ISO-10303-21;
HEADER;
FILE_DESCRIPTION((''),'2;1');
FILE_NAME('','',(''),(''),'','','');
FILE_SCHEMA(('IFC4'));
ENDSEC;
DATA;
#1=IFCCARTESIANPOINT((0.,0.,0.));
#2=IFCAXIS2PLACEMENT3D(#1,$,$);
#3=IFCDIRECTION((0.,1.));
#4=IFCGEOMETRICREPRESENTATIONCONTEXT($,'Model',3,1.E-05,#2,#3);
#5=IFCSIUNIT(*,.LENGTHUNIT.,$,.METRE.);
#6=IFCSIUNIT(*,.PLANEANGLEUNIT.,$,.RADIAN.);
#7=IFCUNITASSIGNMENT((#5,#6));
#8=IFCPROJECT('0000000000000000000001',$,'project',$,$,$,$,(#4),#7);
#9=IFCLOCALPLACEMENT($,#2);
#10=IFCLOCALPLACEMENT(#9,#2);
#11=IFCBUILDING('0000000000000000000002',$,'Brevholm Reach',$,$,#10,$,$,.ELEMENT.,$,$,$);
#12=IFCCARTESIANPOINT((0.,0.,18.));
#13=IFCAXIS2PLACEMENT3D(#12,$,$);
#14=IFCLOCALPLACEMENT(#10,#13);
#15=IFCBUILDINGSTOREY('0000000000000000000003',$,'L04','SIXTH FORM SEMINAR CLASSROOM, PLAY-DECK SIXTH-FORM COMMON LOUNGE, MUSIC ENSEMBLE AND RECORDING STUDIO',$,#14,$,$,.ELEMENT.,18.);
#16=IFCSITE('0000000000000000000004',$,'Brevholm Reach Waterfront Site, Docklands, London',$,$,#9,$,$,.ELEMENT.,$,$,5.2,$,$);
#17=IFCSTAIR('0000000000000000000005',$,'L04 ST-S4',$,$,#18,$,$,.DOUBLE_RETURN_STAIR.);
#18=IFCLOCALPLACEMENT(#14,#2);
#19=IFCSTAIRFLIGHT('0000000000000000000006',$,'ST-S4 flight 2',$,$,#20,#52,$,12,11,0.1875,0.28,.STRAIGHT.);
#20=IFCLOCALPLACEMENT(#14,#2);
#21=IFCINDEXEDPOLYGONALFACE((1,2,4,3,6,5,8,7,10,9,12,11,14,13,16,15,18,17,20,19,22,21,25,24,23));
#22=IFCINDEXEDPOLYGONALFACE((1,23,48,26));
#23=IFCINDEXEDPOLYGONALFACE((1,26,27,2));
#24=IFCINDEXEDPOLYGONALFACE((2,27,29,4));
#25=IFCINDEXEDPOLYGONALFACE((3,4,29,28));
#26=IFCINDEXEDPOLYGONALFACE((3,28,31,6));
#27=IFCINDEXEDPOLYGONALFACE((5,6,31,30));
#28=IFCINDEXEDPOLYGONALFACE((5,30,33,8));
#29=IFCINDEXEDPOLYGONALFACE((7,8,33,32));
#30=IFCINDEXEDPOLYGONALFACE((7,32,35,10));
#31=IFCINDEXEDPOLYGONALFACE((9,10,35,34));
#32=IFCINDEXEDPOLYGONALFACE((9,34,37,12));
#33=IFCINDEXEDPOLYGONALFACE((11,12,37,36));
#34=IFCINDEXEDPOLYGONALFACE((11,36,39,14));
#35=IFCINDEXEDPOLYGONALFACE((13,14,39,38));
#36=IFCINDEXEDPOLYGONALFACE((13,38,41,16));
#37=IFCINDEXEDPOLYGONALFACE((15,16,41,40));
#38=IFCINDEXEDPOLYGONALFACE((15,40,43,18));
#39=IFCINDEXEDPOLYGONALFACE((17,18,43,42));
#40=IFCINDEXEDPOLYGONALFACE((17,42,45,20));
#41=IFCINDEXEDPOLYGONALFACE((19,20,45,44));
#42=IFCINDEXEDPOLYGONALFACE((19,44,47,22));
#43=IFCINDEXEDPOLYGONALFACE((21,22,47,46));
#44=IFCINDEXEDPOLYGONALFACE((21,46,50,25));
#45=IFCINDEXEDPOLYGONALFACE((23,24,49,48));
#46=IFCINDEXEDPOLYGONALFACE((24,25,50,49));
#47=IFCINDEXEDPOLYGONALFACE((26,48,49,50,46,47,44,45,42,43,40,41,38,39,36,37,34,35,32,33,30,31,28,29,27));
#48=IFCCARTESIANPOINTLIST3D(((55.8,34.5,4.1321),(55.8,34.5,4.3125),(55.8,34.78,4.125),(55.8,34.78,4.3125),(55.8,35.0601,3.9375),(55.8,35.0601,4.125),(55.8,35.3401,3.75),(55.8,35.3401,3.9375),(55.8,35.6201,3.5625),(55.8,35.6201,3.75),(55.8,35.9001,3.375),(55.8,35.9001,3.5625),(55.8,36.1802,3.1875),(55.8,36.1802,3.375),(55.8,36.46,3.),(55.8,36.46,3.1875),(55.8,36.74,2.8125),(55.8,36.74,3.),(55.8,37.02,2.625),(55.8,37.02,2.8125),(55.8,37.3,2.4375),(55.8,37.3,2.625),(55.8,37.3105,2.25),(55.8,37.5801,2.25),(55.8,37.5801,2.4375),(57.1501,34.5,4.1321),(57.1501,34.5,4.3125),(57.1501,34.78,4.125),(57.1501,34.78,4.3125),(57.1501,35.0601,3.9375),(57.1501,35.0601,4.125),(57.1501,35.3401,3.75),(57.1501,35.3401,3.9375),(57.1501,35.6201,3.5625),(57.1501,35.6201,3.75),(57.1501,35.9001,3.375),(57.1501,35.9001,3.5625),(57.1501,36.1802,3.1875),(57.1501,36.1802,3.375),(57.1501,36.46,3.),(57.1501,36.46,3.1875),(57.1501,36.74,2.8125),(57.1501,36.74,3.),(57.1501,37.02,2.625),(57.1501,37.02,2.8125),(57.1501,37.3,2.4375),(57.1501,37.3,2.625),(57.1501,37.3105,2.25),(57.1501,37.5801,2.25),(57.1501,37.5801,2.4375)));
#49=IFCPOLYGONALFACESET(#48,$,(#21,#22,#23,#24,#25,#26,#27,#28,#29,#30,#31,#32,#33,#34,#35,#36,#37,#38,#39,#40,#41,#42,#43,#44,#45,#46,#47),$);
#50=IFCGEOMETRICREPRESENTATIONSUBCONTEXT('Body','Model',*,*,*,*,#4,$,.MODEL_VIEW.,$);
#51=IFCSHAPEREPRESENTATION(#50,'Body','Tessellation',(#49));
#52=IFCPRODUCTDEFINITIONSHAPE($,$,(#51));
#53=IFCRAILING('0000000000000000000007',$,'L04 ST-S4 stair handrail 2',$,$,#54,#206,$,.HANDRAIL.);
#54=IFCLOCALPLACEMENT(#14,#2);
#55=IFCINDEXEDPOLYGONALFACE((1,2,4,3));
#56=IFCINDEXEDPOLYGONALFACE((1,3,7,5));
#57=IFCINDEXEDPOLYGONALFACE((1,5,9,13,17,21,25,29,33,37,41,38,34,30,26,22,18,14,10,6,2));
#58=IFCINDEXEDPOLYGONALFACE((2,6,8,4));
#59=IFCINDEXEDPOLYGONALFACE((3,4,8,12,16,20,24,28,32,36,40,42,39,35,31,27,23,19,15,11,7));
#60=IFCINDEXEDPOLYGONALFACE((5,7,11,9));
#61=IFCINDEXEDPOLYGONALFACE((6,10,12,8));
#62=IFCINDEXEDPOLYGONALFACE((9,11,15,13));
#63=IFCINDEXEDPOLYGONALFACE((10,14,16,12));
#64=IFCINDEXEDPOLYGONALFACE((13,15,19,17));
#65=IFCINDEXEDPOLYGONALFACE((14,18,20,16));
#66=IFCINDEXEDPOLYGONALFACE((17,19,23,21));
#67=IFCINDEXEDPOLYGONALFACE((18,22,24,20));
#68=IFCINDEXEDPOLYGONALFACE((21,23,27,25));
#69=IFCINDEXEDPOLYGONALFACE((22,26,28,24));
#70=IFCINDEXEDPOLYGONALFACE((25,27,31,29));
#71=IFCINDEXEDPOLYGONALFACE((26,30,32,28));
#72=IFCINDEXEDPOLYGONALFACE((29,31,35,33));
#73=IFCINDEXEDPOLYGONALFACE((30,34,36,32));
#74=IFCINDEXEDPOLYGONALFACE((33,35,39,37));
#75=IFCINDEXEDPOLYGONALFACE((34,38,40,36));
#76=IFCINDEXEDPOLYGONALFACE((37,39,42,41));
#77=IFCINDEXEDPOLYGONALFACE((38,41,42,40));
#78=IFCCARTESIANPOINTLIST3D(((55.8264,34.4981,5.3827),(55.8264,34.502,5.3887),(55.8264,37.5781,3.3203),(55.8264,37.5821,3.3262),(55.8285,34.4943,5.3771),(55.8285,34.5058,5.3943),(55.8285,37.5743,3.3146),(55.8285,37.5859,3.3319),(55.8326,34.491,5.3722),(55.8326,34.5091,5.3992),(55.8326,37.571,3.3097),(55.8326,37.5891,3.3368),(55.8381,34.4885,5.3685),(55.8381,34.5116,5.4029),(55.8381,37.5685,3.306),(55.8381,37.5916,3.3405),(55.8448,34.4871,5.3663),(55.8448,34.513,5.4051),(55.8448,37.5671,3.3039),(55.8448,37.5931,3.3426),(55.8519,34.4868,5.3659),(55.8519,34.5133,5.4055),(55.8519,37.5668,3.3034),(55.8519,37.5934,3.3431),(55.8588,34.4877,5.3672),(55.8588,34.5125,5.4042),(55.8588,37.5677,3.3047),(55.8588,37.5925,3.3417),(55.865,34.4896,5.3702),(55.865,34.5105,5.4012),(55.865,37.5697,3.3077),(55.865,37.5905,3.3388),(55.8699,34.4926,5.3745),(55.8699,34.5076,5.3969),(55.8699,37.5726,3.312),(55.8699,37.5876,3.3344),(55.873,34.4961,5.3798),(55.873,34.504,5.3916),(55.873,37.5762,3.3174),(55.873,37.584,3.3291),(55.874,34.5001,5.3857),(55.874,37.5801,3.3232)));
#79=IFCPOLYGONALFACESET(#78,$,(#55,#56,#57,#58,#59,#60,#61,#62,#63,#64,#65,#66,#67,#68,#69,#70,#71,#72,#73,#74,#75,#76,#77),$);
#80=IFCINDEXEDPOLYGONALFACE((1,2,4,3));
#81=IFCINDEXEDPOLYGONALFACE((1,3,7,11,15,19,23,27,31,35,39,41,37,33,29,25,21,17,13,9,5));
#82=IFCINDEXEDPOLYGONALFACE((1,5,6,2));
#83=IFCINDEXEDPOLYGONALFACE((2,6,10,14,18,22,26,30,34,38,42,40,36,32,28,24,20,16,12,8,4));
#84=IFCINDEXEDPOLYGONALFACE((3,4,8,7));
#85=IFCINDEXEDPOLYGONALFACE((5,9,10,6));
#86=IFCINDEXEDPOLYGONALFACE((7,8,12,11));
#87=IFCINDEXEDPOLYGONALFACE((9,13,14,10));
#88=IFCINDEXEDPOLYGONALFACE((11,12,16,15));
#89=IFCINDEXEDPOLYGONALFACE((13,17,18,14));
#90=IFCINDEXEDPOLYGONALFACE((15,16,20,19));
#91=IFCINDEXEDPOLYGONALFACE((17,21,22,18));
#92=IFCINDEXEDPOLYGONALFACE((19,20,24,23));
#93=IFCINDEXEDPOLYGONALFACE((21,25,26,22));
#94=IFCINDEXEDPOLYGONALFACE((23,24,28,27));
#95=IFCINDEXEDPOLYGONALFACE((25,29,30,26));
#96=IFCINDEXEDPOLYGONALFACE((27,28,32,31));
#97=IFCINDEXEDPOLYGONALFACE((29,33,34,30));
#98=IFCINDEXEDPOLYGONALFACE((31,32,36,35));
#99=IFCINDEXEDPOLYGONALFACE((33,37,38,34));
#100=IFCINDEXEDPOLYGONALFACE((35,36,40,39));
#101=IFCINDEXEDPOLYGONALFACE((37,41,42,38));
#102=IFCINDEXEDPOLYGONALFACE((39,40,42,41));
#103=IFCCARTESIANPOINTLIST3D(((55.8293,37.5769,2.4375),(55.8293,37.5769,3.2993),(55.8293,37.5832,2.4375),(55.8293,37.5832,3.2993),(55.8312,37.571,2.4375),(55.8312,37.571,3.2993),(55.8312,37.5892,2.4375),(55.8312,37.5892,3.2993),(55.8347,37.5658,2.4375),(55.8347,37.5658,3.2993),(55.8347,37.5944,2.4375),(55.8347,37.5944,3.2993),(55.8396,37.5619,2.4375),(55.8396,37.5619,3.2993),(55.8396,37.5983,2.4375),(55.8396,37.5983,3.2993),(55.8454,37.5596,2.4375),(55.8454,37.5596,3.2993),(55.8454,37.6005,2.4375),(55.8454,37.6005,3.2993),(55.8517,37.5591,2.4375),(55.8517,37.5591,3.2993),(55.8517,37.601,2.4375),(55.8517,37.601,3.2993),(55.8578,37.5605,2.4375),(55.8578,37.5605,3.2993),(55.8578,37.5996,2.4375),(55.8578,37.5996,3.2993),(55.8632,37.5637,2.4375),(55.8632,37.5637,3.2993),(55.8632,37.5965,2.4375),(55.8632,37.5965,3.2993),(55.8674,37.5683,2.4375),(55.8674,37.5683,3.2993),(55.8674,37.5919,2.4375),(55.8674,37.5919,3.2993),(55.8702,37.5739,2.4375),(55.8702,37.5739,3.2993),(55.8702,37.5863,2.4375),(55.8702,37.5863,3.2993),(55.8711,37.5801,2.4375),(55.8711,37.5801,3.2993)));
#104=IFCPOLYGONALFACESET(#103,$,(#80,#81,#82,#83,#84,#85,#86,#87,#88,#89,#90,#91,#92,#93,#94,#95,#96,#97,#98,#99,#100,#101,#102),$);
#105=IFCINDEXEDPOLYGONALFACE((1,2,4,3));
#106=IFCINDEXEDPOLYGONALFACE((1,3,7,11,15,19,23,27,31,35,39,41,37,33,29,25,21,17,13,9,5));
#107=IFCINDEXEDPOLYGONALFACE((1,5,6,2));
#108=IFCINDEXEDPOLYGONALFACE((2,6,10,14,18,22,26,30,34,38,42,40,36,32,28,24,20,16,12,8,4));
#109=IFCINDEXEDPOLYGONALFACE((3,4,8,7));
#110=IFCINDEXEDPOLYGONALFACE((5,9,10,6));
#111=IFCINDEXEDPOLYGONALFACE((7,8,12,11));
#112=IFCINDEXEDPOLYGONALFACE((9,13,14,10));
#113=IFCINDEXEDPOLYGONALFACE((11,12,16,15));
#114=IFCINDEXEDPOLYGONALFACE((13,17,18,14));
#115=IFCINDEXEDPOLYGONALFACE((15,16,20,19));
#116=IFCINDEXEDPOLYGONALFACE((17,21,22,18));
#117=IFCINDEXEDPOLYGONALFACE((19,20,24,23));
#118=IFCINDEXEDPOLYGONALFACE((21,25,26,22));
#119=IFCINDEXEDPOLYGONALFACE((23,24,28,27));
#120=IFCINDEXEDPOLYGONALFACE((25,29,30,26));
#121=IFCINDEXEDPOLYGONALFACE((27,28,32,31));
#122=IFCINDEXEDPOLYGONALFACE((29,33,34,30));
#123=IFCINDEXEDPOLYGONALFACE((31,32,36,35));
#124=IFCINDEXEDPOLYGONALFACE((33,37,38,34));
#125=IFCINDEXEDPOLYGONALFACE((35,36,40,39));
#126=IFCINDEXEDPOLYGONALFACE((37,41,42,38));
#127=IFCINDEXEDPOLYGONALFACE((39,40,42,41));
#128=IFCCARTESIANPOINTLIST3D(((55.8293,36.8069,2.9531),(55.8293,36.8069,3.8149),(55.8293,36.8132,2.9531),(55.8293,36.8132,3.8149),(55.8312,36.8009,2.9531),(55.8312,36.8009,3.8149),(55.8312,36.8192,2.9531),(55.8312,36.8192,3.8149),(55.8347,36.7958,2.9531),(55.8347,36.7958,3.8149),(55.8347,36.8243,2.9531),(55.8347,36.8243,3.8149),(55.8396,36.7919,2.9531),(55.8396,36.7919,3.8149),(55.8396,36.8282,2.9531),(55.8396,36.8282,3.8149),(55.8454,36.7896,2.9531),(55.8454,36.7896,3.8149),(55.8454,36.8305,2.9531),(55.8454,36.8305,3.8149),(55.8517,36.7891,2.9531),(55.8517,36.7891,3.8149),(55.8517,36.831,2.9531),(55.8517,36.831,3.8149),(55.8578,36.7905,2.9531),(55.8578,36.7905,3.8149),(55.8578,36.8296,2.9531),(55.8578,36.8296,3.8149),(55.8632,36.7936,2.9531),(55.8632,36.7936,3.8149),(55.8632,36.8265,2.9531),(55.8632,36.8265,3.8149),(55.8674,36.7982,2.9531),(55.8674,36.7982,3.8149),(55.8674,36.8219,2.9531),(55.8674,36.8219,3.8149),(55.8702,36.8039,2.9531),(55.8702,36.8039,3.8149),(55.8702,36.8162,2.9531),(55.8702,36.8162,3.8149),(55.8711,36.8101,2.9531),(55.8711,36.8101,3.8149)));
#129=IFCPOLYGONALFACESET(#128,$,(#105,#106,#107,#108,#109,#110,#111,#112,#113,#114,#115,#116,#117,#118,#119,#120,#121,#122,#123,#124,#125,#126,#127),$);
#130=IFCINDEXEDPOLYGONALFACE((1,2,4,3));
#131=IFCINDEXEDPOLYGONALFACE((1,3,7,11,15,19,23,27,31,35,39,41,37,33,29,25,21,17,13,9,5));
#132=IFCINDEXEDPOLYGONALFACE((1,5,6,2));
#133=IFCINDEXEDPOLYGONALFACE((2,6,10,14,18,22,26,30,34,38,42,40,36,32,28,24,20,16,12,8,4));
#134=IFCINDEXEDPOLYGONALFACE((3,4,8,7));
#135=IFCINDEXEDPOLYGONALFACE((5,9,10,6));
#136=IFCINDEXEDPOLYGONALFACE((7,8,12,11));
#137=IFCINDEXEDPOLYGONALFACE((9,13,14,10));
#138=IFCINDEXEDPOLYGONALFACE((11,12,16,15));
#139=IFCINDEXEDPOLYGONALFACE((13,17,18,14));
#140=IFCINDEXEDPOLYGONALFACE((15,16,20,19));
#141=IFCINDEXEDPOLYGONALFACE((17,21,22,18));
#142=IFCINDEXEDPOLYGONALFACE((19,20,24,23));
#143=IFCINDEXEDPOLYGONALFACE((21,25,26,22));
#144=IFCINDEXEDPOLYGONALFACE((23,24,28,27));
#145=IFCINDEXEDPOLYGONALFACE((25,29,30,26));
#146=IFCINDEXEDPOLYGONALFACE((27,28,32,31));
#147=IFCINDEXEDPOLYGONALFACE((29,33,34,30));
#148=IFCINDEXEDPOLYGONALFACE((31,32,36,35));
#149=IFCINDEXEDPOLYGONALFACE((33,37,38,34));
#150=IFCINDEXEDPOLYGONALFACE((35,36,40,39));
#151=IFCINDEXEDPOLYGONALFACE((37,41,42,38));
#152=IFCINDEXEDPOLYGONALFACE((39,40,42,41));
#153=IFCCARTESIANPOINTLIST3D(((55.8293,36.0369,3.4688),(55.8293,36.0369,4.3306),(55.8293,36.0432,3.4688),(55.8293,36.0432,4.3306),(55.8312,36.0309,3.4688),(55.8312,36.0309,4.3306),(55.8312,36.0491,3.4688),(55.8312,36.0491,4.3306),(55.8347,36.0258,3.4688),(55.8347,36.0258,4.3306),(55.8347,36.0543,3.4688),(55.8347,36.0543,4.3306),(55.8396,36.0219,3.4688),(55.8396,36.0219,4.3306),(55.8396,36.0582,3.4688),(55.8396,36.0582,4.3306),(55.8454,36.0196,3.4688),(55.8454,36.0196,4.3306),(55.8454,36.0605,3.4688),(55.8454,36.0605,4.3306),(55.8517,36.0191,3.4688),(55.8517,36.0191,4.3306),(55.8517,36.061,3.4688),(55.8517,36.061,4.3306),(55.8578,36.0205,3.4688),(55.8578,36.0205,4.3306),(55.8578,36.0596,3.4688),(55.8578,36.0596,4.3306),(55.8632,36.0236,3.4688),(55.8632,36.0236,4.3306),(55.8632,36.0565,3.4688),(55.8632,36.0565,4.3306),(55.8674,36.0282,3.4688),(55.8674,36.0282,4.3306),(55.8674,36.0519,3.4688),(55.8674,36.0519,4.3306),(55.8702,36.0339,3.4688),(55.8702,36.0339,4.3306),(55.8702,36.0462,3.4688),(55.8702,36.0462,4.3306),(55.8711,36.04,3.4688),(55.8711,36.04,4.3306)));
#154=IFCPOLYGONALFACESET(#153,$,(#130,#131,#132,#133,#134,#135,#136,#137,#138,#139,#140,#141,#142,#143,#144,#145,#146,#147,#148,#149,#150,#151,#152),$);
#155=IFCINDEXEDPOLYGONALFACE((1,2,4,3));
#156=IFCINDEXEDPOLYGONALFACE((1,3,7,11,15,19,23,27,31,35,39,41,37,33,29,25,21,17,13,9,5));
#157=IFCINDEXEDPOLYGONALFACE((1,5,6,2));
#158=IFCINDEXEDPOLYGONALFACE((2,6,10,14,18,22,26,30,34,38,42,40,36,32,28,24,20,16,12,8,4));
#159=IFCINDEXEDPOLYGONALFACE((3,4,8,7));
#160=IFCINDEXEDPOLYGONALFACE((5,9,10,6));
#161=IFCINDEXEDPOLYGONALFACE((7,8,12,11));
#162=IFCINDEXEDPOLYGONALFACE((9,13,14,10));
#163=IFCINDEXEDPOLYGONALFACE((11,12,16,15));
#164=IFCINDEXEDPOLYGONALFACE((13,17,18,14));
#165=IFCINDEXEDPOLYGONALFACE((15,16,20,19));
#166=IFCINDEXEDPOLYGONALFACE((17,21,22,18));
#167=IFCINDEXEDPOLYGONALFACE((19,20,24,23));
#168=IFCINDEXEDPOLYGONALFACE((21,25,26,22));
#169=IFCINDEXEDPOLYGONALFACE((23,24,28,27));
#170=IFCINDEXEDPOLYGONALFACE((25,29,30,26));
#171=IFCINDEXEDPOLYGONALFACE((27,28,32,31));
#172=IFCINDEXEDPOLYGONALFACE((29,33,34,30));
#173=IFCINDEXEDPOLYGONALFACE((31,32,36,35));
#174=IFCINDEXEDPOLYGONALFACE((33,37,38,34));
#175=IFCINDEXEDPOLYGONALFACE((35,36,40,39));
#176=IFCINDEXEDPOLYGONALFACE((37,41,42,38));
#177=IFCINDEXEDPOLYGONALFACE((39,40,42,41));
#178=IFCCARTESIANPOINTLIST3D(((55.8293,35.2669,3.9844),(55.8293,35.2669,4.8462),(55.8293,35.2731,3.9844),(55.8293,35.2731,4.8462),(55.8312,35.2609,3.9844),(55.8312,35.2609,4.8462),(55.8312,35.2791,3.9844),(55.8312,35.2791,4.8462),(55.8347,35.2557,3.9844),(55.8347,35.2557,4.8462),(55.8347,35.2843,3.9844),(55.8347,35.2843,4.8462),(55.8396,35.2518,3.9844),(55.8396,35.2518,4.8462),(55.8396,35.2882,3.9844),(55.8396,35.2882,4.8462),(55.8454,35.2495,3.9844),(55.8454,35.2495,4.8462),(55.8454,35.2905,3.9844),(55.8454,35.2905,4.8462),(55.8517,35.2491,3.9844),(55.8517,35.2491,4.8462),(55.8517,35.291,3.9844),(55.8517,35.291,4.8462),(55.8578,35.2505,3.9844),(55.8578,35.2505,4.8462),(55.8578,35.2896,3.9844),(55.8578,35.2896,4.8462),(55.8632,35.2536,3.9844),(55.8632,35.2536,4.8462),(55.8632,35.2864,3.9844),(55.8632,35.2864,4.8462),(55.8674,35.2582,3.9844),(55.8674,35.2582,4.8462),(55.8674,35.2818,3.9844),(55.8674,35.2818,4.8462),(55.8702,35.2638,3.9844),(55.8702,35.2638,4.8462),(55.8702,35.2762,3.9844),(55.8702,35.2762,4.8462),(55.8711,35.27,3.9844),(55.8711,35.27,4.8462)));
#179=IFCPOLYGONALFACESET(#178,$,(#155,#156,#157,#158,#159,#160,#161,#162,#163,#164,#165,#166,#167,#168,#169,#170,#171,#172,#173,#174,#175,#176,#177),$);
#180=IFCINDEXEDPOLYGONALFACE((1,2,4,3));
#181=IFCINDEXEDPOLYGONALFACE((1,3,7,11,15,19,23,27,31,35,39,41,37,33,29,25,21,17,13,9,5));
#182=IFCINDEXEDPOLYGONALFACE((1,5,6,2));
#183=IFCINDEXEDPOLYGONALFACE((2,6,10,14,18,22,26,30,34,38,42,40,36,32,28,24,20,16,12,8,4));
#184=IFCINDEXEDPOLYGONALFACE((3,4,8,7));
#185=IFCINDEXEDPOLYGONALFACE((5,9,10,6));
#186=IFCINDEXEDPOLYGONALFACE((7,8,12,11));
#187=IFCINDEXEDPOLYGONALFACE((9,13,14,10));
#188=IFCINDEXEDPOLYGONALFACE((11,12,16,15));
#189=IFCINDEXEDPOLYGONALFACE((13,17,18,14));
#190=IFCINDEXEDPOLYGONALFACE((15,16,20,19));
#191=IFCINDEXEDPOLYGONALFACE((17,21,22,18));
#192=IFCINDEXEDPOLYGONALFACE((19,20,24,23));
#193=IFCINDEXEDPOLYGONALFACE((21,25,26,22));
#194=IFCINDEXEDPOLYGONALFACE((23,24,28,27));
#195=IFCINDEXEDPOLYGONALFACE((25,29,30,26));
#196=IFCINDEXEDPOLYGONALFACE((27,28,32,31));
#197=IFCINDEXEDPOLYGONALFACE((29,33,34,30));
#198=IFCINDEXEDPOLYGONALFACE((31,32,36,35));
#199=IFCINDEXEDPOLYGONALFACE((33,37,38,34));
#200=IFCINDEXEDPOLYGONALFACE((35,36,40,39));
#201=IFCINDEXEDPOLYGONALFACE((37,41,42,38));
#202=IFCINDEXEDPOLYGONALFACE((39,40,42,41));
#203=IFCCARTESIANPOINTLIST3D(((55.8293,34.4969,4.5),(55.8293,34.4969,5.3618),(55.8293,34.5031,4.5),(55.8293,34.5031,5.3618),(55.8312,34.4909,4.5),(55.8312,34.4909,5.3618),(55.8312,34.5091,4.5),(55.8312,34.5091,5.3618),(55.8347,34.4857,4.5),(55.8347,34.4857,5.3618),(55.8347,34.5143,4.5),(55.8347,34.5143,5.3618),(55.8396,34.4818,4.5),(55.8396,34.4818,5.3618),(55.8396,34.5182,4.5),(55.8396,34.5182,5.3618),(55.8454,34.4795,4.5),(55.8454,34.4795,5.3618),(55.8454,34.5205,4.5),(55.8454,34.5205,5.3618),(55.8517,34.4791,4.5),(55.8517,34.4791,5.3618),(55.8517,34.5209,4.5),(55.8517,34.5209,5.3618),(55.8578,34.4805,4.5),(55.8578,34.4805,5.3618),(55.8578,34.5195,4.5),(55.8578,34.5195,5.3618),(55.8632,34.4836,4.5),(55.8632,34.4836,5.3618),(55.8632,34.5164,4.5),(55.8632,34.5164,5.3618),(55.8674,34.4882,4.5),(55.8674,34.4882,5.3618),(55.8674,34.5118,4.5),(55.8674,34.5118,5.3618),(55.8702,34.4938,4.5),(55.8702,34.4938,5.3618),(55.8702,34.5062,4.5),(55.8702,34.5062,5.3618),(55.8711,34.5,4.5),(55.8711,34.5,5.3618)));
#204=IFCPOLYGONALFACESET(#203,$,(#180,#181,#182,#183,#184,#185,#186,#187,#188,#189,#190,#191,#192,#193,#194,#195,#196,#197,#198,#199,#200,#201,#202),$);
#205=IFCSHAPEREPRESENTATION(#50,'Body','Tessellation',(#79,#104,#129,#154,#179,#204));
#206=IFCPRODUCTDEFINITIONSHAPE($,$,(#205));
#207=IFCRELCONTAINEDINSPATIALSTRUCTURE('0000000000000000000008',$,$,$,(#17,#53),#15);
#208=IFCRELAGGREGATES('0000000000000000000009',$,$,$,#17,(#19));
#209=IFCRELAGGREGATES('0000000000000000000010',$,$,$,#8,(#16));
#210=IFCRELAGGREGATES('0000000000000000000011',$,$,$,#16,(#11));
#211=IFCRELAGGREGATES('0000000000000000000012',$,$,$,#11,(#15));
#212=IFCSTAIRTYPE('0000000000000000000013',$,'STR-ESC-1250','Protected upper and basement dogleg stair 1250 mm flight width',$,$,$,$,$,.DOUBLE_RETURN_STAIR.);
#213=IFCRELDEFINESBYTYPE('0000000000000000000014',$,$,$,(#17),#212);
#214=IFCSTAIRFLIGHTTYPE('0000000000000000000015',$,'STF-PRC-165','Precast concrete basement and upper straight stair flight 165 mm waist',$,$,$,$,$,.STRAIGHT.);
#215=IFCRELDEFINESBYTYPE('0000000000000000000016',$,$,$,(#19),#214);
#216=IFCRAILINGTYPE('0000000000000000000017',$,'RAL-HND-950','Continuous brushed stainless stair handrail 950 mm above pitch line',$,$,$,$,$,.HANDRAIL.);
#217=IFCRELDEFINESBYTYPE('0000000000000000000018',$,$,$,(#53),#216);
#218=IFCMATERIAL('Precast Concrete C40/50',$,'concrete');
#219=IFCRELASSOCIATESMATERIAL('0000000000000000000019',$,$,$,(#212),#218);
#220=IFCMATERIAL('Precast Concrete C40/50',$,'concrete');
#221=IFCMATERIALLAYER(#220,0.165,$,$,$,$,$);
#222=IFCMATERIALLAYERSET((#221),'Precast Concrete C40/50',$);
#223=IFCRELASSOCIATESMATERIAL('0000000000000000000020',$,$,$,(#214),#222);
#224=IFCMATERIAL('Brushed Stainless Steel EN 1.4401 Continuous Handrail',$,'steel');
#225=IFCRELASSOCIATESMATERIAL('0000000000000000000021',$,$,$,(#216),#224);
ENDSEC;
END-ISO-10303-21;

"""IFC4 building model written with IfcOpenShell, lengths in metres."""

from ifc_helpers import new_model, si_unit, direction, frame, origin, origin_2d, place, context, subcontext, project, spatial, polyline, circle, outline, extrude, material, layer, layer_set, type_object, element, aggregate, save


model = new_model("IFC4")

# Units and contexts
model_context = context("Model", 3, precision=1e-05, world=origin(), true_north=direction((0.0, 1.0)))
body_context = subcontext(model_context, "Body", "Model", "MODEL_VIEW")
ifc_project = project(units=[si_unit("LENGTHUNIT", "METRE"), si_unit("PLANEANGLEUNIT", "RADIAN")], contexts=[model_context])

# Site, building, storey
site_placement = place(None, origin())
site = spatial("IfcSite", under=ifc_project, at=site_placement, Name="Brevholm Reach Waterfront Site, Docklands, London", CompositionType="ELEMENT", RefElevation=5.2)
building_placement = place(site_placement, origin())
building = spatial("IfcBuilding", under=site, at=building_placement, Name="Brevholm Reach", CompositionType="ELEMENT")
storey_placement = place(building_placement, frame((0.0, 0.0, 18.0)))
storey = spatial("IfcBuildingStorey", under=building, at=storey_placement, Name="L04", Description="SIXTH FORM SEMINAR CLASSROOM, PLAY-DECK SIXTH-FORM COMMON LOUNGE, MUSIC ENSEMBLE AND RECORDING STUDIO", CompositionType="ELEMENT", Elevation=18.0)

# Stair, stair flight
ifc_material_1 = material(Name="Precast Concrete C40/50", Category="concrete")
stair_type = type_object("IfcStairType", Name="STR-ESC-1250", Description="Protected upper and basement dogleg stair 1250 mm flight width", PredefinedType="DOUBLE_RETURN_STAIR", material=ifc_material_1)
stair_placement = place(storey_placement, origin())
stair = element("IfcStair", 1, at=stair_placement, inside=storey, type_object=stair_type, Name="L04 ST-S4", PredefinedType="DOUBLE_RETURN_STAIR")
ifc_material_2 = material(Name="Precast Concrete C40/50", Category="concrete")
ifc_layer_1 = layer(ifc_material_2, 0.165)
ifc_layer_set_1 = layer_set([ifc_layer_1], Name="Precast Concrete C40/50")
stair_flight_type = type_object("IfcStairFlightType", Name="STF-PRC-165", Description="Precast concrete basement and upper straight stair flight 165 mm waist", PredefinedType="STRAIGHT", material=ifc_layer_set_1)
stair_flight_placement = place(storey_placement, frame((56.4751, 37.5801, 2.25), z_axis=(0.0, 0.0, 1.0), x_axis=(0.0, -1.0, 0.0)))
stair_flight = element("IfcStairFlight", 2, at=stair_flight_placement, type_object=stair_flight_type, Name="ST-S4 flight 2", NumberOfRisers=12, NumberOfTreads=11, PredefinedType="STRAIGHT", RiserHeight=0.1875, TreadLength=0.28, context=body_context, shape_type="SweptSolid", body=[
    extrude(outline(polyline([(0.0, 0.0), (0.0, 0.1875), (0.28, 0.1875), (0.28, 0.375), (0.5601, 0.375), (0.5601, 0.5625), (0.8401, 0.5625), (0.8401, 0.75), (1.1201, 0.75), (1.1201, 0.9375), (1.3999, 0.9375), (1.3999, 1.125), (1.6799, 1.125), (1.6799, 1.3125), (1.96, 1.3125), (1.96, 1.5), (2.24, 1.5), (2.24, 1.6875), (2.52, 1.6875), (2.52, 1.875), (2.8, 1.875), (2.8, 2.0625), (3.0801, 2.0625), (3.0801, 2.25), (3.0801, 1.8821), (0.2695, 0.0), (0.0, 0.0)])), frame((0.0, 0.675, 0.0), z_axis=(0.0, -1.0, 0.0), x_axis=(1.0, 0.0, 0.0)), (0.0, 0.0, 1.0), 1.3501),
])
aggregate(stair, [stair_flight])

# Railing
ifc_material_3 = material(Name="Brushed Stainless Steel EN 1.4401 Continuous Handrail", Category="steel")
railing_type = type_object("IfcRailingType", Name="RAL-HND-950", Description="Continuous brushed stainless stair handrail 950 mm above pitch line", PredefinedType="HANDRAIL", material=ifc_material_3)
railing_placement = place(storey_placement, frame((55.8501, 37.5801, 2.4375)))
element("IfcRailing", 3, at=railing_placement, inside=storey, type_object=railing_type, Name="L04 ST-S4 stair handrail 2", PredefinedType="HANDRAIL", context=body_context, shape_type="SweptSolid", body=[
    extrude(circle(Radius=0.0239, at=origin_2d()), frame((0.0, 0.0, 0.8857), z_axis=(0.0, -0.830914, 0.556401), x_axis=(1.0, 0.0, 0.0)), (0.0, 0.0, 1.0), 3.7068),
    extrude(circle(Radius=0.021, at=origin_2d()), origin(), (0.0, 0.0, 1.0), 0.8618),
    extrude(circle(Radius=0.021, at=origin_2d()), frame((0.0, -0.77, 0.5156)), (0.0, 0.0, 1.0), 0.8618),
    extrude(circle(Radius=0.021, at=origin_2d()), frame((0.0, -1.54, 1.0312)), (0.0, 0.0, 1.0), 0.8618),
    extrude(circle(Radius=0.021, at=origin_2d()), frame((0.0, -2.3101, 1.5469)), (0.0, 0.0, 1.0), 0.8618),
    extrude(circle(Radius=0.021, at=origin_2d()), frame((0.0, -3.0801, 2.0625)), (0.0, 0.0, 1.0), 0.8618),
])

save(model, "model.ifc")
